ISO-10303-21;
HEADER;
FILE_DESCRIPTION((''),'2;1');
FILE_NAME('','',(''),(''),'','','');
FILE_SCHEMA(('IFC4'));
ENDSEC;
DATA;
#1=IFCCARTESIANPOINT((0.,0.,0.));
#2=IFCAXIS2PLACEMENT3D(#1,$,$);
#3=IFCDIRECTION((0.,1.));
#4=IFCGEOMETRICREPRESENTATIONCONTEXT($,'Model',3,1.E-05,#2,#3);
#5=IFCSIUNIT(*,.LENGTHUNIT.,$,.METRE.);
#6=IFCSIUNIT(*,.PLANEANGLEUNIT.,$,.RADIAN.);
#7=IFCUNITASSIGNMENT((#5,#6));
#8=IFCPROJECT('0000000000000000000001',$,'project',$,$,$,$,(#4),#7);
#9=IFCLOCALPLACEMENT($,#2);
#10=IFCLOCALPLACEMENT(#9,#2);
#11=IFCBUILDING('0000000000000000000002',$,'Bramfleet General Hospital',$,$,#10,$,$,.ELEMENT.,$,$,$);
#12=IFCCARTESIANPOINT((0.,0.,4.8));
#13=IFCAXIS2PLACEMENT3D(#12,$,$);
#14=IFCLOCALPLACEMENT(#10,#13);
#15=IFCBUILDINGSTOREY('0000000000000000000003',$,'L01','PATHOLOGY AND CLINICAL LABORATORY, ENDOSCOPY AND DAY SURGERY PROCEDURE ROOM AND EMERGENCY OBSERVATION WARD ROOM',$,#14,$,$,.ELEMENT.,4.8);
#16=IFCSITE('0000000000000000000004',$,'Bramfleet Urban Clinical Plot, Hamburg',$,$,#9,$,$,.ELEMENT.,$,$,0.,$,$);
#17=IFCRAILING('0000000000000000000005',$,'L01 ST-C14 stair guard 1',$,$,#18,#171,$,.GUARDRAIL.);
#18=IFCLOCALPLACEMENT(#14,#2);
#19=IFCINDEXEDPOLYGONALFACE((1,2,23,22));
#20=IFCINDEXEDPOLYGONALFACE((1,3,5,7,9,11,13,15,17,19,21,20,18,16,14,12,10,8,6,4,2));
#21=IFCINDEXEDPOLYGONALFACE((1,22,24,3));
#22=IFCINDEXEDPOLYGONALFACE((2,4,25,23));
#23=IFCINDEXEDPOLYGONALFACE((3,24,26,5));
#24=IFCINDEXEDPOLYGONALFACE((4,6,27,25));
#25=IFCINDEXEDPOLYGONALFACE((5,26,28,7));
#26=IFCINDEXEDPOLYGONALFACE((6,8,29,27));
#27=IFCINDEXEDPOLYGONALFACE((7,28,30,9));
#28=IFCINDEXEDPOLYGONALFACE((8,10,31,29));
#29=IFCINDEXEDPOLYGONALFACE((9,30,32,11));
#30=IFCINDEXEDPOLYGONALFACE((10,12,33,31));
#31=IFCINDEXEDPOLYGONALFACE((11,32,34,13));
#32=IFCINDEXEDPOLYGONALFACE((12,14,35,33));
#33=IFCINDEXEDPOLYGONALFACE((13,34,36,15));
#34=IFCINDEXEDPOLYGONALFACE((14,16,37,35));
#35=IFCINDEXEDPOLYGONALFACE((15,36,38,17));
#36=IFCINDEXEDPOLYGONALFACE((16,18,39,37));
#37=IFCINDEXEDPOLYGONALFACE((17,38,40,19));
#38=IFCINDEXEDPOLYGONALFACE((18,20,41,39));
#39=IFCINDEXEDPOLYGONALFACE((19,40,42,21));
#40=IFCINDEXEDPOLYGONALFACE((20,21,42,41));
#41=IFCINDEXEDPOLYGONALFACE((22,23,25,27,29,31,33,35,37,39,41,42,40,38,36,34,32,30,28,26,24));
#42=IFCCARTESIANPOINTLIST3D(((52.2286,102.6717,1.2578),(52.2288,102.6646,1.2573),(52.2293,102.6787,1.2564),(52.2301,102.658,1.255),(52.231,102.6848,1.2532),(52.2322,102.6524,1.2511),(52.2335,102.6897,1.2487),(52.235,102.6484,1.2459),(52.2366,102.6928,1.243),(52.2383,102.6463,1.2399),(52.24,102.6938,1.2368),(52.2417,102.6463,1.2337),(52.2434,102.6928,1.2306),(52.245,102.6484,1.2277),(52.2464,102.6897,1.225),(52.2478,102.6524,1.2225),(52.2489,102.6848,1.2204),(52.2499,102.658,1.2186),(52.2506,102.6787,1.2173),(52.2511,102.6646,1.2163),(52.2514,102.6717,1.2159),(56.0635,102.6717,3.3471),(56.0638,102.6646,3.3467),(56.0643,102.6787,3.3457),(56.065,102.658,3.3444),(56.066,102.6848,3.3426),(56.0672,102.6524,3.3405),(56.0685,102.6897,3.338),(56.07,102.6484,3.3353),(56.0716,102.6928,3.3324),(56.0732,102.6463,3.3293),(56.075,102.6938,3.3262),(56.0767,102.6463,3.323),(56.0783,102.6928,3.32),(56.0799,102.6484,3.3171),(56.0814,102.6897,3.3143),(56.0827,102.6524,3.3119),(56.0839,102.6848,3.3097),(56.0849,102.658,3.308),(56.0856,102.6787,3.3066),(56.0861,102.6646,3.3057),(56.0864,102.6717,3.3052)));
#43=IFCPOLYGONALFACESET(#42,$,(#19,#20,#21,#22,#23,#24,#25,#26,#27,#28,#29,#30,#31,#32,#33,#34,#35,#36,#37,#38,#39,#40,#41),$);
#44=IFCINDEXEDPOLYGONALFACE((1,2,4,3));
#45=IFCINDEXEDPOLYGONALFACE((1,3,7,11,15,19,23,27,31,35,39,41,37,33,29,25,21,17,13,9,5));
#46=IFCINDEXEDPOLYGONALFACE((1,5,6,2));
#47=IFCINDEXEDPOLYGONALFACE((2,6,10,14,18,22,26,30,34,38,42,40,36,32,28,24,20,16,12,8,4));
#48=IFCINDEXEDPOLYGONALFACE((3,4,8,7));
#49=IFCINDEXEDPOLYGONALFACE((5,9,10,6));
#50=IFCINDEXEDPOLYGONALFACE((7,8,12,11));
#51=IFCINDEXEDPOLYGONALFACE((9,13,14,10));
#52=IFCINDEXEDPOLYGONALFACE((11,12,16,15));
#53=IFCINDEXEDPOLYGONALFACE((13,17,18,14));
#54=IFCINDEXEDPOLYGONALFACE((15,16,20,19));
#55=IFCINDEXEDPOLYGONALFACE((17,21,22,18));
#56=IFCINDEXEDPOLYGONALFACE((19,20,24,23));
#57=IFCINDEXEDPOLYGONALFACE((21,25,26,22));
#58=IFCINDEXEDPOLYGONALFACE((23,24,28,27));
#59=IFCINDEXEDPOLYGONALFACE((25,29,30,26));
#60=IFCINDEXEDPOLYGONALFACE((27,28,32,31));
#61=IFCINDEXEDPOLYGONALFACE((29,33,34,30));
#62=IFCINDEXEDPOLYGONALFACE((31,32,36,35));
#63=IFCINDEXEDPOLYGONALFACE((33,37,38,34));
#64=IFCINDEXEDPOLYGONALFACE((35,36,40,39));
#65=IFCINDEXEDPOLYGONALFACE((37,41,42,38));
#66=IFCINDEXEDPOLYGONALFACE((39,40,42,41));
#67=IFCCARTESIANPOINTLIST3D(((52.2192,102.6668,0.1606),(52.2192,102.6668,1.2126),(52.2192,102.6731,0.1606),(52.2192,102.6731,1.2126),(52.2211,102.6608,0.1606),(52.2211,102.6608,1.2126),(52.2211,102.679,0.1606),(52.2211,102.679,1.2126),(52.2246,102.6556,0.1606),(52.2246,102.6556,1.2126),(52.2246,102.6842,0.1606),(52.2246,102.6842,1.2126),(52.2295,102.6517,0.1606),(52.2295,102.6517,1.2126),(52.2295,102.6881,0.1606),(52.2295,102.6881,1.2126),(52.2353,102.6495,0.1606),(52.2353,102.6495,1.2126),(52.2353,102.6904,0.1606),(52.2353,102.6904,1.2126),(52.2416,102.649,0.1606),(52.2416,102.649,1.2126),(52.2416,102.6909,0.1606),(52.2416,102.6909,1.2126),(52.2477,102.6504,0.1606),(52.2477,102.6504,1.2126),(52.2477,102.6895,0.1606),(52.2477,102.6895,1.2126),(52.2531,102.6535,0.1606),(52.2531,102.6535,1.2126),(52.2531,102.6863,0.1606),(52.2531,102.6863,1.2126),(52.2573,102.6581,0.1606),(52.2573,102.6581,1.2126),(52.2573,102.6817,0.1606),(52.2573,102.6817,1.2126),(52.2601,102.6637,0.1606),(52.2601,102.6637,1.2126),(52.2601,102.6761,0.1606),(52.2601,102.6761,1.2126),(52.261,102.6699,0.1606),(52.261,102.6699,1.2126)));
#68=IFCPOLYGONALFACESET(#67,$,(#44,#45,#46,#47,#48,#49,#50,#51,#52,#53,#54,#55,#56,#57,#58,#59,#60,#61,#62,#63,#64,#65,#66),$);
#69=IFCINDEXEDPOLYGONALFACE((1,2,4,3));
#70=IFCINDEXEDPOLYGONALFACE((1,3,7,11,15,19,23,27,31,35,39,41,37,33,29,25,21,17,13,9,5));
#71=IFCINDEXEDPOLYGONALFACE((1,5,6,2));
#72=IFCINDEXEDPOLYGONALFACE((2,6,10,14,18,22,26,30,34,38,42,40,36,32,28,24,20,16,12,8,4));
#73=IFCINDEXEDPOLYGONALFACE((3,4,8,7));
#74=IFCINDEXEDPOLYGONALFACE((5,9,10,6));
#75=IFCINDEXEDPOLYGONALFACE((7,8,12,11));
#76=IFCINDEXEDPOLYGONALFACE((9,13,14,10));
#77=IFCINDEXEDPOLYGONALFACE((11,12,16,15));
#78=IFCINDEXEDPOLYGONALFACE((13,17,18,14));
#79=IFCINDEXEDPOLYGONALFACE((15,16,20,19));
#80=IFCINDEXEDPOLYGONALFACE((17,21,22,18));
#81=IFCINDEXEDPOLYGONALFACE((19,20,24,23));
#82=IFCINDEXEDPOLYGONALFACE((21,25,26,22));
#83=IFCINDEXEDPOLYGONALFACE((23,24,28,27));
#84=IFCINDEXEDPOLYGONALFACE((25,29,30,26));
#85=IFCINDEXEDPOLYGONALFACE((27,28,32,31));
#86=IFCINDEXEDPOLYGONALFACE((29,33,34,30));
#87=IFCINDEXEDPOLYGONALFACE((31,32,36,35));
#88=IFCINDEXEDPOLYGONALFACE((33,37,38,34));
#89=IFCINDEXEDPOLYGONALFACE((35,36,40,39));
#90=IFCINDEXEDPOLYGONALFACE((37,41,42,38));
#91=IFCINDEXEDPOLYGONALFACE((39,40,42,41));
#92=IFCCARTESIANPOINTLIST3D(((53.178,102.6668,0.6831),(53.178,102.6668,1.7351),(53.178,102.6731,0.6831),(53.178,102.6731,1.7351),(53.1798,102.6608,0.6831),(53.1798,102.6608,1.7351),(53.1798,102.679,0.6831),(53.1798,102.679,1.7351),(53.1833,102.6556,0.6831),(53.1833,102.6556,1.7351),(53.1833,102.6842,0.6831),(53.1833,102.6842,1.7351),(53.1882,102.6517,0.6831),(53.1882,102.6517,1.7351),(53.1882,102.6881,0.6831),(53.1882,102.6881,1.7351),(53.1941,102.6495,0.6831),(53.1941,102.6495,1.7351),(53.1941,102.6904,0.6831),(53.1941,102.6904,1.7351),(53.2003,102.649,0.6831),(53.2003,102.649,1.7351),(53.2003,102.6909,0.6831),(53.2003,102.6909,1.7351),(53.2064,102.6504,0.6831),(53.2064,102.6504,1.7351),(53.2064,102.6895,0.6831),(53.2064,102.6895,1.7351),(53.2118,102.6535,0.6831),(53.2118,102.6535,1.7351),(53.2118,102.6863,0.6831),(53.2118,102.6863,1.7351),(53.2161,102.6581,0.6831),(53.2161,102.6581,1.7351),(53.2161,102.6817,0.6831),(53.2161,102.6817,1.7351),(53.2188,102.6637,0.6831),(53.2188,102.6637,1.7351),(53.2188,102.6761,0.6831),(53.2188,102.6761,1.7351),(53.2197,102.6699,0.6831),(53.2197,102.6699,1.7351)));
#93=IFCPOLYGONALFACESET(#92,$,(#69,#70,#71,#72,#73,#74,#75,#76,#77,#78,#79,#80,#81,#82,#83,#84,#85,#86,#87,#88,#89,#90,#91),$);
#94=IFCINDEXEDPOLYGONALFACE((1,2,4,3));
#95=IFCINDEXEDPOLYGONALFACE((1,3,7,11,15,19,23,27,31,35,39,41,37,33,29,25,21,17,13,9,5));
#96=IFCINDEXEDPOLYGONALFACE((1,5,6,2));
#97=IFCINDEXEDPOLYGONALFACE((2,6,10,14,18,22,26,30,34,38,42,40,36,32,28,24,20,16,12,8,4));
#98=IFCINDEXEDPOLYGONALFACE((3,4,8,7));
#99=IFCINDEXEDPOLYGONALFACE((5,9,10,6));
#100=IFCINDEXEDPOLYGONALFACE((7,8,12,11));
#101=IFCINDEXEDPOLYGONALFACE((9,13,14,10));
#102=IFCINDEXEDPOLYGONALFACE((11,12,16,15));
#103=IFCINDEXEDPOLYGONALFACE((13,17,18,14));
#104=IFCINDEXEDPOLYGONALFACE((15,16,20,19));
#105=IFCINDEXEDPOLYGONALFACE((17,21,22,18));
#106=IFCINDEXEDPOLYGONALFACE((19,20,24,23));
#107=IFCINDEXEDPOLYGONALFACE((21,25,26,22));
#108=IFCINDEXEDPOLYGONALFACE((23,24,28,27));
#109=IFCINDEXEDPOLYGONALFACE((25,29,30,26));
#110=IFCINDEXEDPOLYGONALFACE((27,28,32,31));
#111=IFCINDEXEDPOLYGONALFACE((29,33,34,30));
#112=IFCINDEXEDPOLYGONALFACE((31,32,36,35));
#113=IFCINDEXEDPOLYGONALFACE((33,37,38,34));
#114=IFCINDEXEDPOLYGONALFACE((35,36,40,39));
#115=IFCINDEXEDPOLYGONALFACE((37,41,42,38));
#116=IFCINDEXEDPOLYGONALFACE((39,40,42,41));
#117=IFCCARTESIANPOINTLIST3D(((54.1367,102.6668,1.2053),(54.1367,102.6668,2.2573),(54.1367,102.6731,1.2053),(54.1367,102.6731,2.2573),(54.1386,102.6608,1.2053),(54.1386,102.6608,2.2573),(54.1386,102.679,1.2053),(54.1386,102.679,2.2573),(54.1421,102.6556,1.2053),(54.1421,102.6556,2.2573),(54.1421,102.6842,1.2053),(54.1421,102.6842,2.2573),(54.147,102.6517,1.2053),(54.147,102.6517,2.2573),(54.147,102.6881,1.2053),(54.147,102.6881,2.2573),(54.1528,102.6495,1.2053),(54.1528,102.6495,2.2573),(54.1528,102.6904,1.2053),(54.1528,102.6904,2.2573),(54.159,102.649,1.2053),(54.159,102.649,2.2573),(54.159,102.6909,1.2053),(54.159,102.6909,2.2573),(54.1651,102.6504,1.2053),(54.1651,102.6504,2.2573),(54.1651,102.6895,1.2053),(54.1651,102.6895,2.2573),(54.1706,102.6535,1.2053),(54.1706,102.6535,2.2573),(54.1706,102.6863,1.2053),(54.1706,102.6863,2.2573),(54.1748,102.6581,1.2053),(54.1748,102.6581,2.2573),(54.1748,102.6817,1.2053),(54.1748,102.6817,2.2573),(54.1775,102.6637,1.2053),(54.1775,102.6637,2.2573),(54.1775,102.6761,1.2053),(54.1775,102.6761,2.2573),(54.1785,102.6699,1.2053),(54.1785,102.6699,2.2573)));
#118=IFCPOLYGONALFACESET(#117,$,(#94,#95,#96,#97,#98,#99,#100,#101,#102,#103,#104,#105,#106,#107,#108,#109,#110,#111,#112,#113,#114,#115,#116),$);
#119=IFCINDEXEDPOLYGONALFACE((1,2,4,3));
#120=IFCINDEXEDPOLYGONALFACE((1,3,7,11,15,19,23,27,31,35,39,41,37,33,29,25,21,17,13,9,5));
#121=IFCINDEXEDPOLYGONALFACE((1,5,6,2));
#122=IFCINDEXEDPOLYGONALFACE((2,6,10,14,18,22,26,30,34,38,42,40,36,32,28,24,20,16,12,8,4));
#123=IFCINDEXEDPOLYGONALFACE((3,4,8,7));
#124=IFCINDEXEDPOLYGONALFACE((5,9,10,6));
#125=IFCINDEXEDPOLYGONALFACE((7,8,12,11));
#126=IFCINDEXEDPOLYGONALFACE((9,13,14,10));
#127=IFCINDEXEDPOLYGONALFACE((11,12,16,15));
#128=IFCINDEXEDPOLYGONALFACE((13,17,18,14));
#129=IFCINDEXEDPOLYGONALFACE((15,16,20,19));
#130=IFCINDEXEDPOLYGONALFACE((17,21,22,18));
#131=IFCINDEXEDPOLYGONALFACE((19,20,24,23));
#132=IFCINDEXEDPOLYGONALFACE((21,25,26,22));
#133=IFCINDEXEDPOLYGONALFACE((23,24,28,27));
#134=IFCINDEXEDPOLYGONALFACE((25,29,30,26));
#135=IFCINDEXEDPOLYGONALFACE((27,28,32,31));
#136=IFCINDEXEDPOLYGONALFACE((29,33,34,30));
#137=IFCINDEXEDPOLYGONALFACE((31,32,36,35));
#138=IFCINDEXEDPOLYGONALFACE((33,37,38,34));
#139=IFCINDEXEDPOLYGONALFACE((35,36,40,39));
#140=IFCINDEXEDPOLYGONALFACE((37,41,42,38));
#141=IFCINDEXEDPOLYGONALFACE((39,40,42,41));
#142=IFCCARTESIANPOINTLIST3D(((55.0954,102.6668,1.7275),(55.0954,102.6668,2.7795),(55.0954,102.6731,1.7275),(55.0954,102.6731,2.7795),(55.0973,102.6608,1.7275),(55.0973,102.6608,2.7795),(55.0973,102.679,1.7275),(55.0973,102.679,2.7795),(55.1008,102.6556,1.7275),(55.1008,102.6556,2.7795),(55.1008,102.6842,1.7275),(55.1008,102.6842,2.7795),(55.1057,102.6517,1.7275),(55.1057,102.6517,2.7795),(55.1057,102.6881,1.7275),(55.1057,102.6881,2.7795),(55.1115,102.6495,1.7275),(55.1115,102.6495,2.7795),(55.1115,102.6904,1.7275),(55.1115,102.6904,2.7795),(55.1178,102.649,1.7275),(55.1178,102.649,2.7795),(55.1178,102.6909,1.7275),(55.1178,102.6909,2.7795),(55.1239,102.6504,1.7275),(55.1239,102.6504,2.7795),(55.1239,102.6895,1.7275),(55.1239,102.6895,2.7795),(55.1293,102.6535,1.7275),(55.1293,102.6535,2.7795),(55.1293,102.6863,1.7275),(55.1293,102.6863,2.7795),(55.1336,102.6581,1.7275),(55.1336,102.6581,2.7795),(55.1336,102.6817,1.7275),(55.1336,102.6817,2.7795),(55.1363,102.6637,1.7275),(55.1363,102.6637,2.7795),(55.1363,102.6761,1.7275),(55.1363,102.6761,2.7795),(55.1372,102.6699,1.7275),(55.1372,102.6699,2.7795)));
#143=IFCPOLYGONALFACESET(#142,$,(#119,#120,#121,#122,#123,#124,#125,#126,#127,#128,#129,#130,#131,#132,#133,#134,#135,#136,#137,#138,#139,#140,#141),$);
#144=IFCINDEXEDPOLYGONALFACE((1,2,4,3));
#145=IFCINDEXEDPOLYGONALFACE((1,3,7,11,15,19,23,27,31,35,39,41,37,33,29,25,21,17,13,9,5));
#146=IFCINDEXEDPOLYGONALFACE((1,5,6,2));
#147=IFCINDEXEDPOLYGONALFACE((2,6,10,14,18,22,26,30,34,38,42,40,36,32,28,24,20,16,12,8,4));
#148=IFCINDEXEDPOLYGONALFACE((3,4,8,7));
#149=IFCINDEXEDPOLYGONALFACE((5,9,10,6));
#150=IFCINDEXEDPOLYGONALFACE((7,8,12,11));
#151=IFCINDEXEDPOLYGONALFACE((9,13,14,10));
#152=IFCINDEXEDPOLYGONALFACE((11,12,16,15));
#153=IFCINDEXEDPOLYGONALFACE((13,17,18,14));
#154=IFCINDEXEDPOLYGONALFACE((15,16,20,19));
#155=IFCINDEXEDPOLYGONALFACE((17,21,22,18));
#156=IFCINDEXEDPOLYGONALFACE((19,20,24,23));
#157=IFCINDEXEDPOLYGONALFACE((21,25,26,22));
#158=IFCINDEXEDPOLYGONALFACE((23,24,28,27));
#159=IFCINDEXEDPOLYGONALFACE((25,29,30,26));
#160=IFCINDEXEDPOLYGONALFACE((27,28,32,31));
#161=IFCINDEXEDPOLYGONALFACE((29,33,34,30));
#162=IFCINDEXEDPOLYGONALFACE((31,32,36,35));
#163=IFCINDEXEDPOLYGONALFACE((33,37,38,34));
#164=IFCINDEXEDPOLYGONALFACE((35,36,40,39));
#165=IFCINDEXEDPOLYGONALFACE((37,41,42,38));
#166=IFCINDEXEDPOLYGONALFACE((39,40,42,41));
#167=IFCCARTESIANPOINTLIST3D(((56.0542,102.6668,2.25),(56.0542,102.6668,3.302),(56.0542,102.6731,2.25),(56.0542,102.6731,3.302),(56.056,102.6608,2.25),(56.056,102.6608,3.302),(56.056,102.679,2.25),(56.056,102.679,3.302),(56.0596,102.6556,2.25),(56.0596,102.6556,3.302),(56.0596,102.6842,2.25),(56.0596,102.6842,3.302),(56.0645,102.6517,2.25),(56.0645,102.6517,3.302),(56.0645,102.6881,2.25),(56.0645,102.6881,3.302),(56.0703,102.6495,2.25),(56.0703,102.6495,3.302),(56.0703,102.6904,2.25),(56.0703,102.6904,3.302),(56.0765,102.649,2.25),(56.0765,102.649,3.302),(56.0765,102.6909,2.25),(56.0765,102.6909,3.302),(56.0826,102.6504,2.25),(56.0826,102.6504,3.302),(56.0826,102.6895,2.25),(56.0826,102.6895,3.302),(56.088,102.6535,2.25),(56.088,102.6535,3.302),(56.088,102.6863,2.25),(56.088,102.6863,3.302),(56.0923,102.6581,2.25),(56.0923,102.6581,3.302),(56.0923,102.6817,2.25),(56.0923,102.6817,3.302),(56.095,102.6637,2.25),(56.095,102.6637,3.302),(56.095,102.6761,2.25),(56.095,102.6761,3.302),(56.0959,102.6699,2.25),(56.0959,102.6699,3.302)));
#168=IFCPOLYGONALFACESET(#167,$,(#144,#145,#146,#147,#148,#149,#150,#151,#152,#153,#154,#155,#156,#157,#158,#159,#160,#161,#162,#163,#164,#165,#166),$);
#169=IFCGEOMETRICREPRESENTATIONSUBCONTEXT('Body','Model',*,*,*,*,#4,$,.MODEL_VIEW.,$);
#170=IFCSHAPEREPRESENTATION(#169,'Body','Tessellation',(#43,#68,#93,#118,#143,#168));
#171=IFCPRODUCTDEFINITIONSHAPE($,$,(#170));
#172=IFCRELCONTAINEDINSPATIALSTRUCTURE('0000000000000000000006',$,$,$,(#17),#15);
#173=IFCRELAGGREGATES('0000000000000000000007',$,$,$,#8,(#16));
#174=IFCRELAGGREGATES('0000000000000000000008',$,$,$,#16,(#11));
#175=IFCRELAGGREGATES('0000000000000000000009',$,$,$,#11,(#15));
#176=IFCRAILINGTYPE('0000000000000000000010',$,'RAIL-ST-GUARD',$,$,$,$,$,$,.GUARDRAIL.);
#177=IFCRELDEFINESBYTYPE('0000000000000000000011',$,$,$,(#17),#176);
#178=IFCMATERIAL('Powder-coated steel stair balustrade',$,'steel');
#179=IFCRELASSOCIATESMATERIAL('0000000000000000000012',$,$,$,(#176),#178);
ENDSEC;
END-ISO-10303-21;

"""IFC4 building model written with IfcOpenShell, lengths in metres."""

from ifc_helpers import new_model, si_unit, direction, frame, origin, origin_2d, place, context, subcontext, project, spatial, circle, extrude, material, type_object, element, save


model = new_model("IFC4")

# Units and contexts
model_context = context("Model", 3, precision=1e-05, world=origin(), true_north=direction((0.0, 1.0)))
body_context = subcontext(model_context, "Body", "Model", "MODEL_VIEW")
ifc_project = project(units=[si_unit("LENGTHUNIT", "METRE"), si_unit("PLANEANGLEUNIT", "RADIAN")], contexts=[model_context])

# Site, building, storey
site_placement = place(None, origin())
site = spatial("IfcSite", under=ifc_project, at=site_placement, Name="Bramfleet Urban Clinical Plot, Hamburg", CompositionType="ELEMENT", RefElevation=0.0)
building_placement = place(site_placement, origin())
building = spatial("IfcBuilding", under=site, at=building_placement, Name="Bramfleet General Hospital", CompositionType="ELEMENT")
storey_placement = place(building_placement, frame((0.0, 0.0, 4.8)))
storey = spatial("IfcBuildingStorey", under=building, at=storey_placement, Name="L01", Description="PATHOLOGY AND CLINICAL LABORATORY, ENDOSCOPY AND DAY SURGERY PROCEDURE ROOM AND EMERGENCY OBSERVATION WARD ROOM", CompositionType="ELEMENT", Elevation=4.8)

# Railing
ifc_material_1 = material(Name="Powder-coated steel stair balustrade", Category="steel")
railing_type_1 = type_object("IfcRailingType", Name="RAIL-ST-GUARD", PredefinedType="GUARDRAIL", material=ifc_material_1)
railing_1_placement = place(storey_placement, frame((52.24, 102.6699, 0.1606)))
element("IfcRailing", 1, at=railing_1_placement, inside=storey, type_object=railing_type_1, Name="L01 ST-C14 stair guard 1", PredefinedType="GUARDRAIL", context=body_context, shape_type="SweptSolid", body=[
    extrude(circle(Radius=0.0239, at=origin_2d()), frame((0.0, 0.0, 1.0762), z_axis=(0.87813, 0.0, 0.478421), x_axis=(0.0, 1.0, 0.0)), (0.0, 0.0, 1.0), 4.3672),
    extrude(circle(Radius=0.021, at=origin_2d()), origin(), (0.0, 0.0, 1.0), 1.052),
    extrude(circle(Radius=0.021, at=origin_2d()), frame((0.9587, 0.0, 0.5225)), (0.0, 0.0, 1.0), 1.052),
    extrude(circle(Radius=0.021, at=origin_2d()), frame((1.9175, 0.0, 1.0447)), (0.0, 0.0, 1.0), 1.052),
    extrude(circle(Radius=0.021, at=origin_2d()), frame((2.8762, 0.0, 1.5669)), (0.0, 0.0, 1.0), 1.052),
    extrude(circle(Radius=0.021, at=origin_2d()), frame((3.835, 0.0, 2.0894)), (0.0, 0.0, 1.0), 1.052),
])

save(model, "model.ifc")
